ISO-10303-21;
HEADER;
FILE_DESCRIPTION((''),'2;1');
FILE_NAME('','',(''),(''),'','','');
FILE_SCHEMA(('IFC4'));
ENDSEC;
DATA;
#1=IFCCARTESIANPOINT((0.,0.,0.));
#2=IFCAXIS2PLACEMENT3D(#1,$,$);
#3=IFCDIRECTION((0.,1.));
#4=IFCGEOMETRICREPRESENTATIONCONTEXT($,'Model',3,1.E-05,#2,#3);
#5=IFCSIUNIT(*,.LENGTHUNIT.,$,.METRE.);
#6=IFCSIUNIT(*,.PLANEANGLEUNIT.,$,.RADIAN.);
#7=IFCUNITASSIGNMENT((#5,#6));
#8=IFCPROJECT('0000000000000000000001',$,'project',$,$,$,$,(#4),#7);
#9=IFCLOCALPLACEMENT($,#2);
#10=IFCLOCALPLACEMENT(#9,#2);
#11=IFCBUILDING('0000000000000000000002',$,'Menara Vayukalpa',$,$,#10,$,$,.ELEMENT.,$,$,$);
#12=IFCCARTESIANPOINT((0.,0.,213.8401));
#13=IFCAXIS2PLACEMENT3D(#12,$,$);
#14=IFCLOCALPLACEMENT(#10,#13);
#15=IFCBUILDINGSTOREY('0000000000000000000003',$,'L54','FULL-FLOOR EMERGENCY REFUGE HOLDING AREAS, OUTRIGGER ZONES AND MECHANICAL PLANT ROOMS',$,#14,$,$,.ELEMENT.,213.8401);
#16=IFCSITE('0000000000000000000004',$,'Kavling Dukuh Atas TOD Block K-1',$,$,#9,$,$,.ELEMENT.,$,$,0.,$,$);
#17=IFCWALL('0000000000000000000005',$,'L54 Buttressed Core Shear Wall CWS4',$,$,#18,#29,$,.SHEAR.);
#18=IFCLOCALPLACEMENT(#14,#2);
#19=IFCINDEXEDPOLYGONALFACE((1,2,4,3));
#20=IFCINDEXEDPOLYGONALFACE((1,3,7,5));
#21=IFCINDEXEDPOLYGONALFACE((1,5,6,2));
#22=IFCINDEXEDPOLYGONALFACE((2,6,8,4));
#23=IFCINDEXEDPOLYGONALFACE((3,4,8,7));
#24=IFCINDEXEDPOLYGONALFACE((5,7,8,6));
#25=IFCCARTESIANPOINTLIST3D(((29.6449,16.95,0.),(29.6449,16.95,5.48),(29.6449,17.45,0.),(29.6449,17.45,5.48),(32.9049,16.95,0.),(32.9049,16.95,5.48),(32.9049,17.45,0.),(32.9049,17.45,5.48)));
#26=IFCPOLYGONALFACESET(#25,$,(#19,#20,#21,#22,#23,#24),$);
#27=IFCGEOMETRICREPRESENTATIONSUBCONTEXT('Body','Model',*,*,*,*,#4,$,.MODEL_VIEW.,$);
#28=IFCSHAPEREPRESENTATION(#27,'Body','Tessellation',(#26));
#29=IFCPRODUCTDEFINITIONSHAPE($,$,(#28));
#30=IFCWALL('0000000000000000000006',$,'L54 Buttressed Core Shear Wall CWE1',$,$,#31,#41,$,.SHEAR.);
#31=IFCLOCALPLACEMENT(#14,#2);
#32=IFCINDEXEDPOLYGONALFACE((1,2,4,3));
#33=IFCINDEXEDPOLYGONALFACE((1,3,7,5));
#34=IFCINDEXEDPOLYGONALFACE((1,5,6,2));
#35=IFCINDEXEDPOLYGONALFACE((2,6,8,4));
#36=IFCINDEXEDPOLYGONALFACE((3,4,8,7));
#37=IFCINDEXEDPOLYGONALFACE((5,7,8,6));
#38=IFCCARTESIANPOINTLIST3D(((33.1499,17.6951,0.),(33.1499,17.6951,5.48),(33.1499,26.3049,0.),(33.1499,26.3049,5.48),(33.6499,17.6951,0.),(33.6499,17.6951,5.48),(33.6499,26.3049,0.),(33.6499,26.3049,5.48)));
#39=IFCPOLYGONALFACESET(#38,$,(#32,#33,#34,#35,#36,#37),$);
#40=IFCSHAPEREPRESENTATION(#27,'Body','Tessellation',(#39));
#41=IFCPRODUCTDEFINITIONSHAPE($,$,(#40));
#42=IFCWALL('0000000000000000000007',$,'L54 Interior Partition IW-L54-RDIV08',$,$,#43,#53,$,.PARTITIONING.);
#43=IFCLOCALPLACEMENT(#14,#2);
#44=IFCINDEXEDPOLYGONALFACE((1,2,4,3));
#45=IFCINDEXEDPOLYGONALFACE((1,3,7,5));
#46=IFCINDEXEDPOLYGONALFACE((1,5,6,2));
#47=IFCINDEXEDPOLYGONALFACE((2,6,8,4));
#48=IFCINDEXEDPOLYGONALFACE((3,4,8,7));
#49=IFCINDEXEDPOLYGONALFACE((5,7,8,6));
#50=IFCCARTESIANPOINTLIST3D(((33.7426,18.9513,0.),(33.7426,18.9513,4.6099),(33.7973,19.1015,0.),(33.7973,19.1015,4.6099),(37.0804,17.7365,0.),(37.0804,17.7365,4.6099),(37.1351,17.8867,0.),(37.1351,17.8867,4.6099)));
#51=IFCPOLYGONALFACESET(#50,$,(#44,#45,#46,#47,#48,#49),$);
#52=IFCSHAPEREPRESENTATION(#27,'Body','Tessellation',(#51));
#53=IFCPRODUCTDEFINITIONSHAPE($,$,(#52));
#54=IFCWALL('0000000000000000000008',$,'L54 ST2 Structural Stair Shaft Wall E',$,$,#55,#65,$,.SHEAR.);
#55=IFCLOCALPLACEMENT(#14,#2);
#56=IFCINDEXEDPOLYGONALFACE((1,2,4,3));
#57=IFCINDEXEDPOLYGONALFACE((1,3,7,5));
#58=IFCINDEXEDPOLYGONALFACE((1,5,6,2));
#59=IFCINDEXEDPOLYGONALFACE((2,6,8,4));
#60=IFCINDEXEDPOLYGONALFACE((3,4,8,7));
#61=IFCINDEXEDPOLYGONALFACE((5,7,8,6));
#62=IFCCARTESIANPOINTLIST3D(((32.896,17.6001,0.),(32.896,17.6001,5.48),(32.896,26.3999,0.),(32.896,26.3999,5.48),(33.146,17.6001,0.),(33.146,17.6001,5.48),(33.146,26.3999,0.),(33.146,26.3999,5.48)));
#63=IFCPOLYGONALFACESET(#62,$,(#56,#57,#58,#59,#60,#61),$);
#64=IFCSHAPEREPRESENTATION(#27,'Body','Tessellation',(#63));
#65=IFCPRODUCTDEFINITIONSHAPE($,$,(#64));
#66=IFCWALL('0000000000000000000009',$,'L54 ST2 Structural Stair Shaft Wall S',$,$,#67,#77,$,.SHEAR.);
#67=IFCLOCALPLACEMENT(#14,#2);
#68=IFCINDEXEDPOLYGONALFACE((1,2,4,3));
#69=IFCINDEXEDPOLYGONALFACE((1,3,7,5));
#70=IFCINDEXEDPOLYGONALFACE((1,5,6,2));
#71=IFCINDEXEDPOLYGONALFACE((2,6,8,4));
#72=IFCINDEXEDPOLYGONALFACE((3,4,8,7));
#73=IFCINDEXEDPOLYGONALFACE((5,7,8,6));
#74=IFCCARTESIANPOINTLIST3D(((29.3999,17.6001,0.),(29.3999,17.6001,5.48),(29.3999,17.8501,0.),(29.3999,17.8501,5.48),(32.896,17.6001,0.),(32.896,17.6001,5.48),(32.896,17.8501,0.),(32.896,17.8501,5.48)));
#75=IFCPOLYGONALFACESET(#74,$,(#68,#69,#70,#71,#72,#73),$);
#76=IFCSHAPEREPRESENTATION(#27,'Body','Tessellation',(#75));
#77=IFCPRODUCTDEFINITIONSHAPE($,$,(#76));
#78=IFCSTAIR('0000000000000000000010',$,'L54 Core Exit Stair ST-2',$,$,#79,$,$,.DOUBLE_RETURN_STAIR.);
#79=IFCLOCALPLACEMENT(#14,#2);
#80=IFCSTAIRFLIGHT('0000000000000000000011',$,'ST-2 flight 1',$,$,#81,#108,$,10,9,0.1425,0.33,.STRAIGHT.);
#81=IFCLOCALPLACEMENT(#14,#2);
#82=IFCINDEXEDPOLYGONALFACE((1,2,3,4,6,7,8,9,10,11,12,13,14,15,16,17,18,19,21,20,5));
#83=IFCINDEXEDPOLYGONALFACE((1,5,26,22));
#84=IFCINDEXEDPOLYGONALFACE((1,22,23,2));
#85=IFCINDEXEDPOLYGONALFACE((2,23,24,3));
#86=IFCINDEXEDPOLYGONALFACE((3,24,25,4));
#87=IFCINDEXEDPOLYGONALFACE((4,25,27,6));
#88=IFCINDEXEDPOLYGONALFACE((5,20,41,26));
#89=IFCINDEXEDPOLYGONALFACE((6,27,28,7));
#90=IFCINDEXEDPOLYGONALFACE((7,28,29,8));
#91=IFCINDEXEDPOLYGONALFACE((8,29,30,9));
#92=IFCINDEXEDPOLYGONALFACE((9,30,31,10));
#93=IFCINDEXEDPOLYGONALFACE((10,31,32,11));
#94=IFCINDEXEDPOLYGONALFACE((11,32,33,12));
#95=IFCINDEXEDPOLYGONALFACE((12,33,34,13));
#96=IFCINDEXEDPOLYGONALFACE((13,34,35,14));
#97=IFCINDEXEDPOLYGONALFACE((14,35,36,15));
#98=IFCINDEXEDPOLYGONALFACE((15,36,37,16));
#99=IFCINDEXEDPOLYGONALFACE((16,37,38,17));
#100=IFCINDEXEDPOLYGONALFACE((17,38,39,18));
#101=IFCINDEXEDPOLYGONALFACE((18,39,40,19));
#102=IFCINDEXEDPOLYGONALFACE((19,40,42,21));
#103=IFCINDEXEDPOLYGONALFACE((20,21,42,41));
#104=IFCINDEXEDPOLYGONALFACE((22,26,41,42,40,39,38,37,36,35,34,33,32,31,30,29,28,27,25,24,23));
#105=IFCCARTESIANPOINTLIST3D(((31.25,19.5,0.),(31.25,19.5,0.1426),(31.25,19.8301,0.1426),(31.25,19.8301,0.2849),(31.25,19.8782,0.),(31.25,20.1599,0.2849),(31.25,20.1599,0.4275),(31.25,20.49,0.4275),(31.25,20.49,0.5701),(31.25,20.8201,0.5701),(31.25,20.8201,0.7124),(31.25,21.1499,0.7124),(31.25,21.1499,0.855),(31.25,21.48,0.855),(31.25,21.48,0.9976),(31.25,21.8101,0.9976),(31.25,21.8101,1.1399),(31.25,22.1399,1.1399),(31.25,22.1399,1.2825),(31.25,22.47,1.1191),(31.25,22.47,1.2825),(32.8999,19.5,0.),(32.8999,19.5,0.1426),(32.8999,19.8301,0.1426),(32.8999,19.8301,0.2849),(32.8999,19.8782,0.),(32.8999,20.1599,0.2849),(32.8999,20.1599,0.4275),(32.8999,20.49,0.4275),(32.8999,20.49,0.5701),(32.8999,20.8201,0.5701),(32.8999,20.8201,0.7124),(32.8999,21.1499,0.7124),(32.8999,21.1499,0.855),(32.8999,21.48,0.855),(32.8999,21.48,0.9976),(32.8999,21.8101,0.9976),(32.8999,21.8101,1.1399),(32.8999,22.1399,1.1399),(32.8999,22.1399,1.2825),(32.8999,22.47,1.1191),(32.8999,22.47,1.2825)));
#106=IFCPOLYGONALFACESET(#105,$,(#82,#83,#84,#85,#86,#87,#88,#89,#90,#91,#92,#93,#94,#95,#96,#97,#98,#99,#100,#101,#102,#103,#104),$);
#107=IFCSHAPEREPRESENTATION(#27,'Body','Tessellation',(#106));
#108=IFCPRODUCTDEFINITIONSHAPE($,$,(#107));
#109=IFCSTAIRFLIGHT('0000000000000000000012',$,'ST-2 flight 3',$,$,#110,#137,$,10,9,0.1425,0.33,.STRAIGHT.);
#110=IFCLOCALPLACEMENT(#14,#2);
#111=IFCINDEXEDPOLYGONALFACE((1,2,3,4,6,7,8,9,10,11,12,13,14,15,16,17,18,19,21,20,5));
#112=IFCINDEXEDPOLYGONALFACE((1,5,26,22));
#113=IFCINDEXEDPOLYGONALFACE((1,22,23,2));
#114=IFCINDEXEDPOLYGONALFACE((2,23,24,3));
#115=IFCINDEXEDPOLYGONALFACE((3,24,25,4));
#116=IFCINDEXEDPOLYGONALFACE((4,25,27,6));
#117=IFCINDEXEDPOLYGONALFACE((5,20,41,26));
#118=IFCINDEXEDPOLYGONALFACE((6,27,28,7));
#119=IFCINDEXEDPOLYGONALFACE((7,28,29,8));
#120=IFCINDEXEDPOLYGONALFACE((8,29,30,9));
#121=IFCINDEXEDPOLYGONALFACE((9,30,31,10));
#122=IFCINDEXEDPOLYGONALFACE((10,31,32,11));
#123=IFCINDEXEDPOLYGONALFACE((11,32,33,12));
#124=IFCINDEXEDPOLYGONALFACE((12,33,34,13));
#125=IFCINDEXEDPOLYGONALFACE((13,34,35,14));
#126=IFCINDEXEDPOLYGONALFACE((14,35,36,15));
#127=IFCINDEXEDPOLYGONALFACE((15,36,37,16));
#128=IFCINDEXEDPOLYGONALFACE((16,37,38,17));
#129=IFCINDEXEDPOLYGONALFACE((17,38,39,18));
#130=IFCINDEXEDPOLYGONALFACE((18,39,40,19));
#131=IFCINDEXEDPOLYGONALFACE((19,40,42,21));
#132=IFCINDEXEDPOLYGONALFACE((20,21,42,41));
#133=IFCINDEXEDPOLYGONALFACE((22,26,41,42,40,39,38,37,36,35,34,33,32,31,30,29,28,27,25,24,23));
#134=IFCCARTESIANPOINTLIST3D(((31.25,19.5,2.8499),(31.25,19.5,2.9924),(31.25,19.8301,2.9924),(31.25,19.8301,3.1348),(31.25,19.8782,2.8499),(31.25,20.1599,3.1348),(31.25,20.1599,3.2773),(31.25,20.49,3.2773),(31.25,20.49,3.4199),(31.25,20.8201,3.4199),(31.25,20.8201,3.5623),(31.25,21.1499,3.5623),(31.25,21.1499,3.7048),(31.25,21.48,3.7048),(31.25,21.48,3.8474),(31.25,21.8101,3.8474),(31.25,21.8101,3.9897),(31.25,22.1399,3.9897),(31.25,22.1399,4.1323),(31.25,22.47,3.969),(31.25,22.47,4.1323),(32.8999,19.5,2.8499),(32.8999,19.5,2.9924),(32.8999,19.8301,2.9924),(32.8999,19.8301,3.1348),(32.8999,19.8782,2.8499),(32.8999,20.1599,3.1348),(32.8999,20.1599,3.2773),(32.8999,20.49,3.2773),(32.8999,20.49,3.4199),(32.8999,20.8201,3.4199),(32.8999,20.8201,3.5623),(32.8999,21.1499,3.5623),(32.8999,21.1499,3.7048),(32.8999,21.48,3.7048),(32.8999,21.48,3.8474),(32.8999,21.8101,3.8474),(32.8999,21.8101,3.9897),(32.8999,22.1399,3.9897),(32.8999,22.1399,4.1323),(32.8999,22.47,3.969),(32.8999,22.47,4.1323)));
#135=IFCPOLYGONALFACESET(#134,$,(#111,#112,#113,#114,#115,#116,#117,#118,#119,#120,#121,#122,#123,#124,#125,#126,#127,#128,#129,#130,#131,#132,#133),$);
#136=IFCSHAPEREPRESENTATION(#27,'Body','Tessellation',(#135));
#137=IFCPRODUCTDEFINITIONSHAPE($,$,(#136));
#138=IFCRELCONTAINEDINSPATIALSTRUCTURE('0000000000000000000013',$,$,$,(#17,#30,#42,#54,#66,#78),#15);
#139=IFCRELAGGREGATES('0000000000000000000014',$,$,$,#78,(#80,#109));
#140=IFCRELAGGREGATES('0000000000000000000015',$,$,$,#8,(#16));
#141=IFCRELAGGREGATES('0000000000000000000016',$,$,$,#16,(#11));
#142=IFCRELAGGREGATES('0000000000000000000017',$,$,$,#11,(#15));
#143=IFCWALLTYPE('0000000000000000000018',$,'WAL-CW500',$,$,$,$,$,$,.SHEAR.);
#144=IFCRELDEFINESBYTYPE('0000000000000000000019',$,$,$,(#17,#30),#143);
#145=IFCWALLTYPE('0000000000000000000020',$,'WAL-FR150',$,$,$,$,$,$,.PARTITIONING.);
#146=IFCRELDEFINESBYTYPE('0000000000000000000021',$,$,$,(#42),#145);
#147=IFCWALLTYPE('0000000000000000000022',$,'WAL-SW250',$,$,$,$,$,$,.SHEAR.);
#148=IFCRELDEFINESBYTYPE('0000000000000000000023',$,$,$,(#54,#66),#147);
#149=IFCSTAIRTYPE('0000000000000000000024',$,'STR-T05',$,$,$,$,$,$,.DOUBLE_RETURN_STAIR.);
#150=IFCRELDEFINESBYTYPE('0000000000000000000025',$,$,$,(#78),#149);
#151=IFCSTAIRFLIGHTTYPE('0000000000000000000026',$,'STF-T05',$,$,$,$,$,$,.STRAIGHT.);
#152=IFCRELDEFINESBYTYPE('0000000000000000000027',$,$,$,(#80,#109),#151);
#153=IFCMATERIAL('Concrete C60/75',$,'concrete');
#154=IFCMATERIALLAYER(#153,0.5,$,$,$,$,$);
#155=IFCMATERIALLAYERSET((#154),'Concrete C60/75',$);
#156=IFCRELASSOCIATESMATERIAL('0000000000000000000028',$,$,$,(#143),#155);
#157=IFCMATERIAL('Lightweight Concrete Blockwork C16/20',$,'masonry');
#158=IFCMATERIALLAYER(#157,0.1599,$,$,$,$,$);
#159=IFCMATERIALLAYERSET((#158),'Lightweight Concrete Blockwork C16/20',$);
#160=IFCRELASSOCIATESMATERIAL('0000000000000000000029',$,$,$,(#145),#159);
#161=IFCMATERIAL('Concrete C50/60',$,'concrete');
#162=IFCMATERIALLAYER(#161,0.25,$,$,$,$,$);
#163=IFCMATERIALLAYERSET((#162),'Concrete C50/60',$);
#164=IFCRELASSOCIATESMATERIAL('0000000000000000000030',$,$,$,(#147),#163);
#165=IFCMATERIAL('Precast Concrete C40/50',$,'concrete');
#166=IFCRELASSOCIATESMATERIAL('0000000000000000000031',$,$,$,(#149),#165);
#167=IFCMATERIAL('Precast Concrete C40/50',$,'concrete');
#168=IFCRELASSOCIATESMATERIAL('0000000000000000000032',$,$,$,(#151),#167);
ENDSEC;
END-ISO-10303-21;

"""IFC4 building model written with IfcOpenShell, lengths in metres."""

from ifc_helpers import new_model, si_unit, direction, frame, frame_2d, origin, place, context, subcontext, project, spatial, polyline, rectangle, outline, extrude, material, layer, layer_set, type_object, element, aggregate, save


model = new_model("IFC4")

# Units and contexts
model_context = context("Model", 3, precision=1e-05, world=origin(), true_north=direction((0.0, 1.0)))
body_context = subcontext(model_context, "Body", "Model", "MODEL_VIEW")
ifc_project = project(units=[si_unit("LENGTHUNIT", "METRE"), si_unit("PLANEANGLEUNIT", "RADIAN")], contexts=[model_context])

# Site, building, storey
site_placement = place(None, origin())
site = spatial("IfcSite", under=ifc_project, at=site_placement, Name="Kavling Dukuh Atas TOD Block K-1", CompositionType="ELEMENT", RefElevation=0.0)
building_placement = place(site_placement, origin())
building = spatial("IfcBuilding", under=site, at=building_placement, Name="Menara Vayukalpa", CompositionType="ELEMENT")
storey_placement = place(building_placement, frame((0.0, 0.0, 213.8401)))
storey = spatial("IfcBuildingStorey", under=building, at=storey_placement, Name="L54", Description="FULL-FLOOR EMERGENCY REFUGE HOLDING AREAS, OUTRIGGER ZONES AND MECHANICAL PLANT ROOMS", CompositionType="ELEMENT", Elevation=213.8401)

# Walls
ifc_material_1 = material(Name="Concrete C60/75", Category="concrete")
ifc_layer_1 = layer(ifc_material_1, 0.5)
ifc_layer_set_1 = layer_set([ifc_layer_1], Name="Concrete C60/75")
wall_type_1 = type_object("IfcWallType", Name="WAL-CW500", PredefinedType="SHEAR", material=ifc_layer_set_1)
wall_1_placement = place(storey_placement, frame((29.645, 17.2, 0.0), z_axis=(0.0, 0.0, 1.0), x_axis=(1.0, 0.0, 0.0)))
element("IfcWall", 1, at=wall_1_placement, inside=storey, type_object=wall_type_1, Name="L54 Buttressed Core Shear Wall CWS4", PredefinedType="SHEAR", context=body_context, shape_type="SweptSolid", body=[
    extrude(rectangle(XDim=3.26, YDim=0.5, at=frame_2d((1.6299, 0.0))), origin(), (0.0, 0.0, 1.0), 5.48),
])
wall_2_placement = place(storey_placement, frame((33.3999, 17.6951, 0.0), z_axis=(0.0, 0.0, 1.0), x_axis=(0.0, 1.0, 0.0)))
element("IfcWall", 2, at=wall_2_placement, inside=storey, type_object=wall_type_1, Name="L54 Buttressed Core Shear Wall CWE1", PredefinedType="SHEAR", context=body_context, shape_type="SweptSolid", body=[
    extrude(rectangle(XDim=8.6099, YDim=0.5, at=frame_2d((4.3049, 0.0))), origin(), (0.0, 0.0, 1.0), 5.48),
])
ifc_material_2 = material(Name="Lightweight Concrete Blockwork C16/20", Category="masonry")
ifc_layer_2 = layer(ifc_material_2, 0.1599)
ifc_layer_set_2 = layer_set([ifc_layer_2], Name="Lightweight Concrete Blockwork C16/20")
wall_type_2 = type_object("IfcWallType", Name="WAL-FR150", PredefinedType="PARTITIONING", material=ifc_layer_set_2)
wall_3_placement = place(storey_placement, frame((33.77, 19.0264, 0.0), z_axis=(0.0, 0.0, 1.0), x_axis=(0.939697, -0.342008, 0.0)))
element("IfcWall", 3, at=wall_3_placement, inside=storey, type_object=wall_type_2, Name="L54 Interior Partition IW-L54-RDIV08", PredefinedType="PARTITIONING", context=body_context, shape_type="SweptSolid", body=[
    extrude(rectangle(XDim=3.552, YDim=0.1599, at=frame_2d((1.7759, 0.0))), origin(), (0.0, 0.0, 1.0), 4.6099),
])
ifc_material_3 = material(Name="Concrete C50/60", Category="concrete")
ifc_layer_3 = layer(ifc_material_3, 0.25)
ifc_layer_set_3 = layer_set([ifc_layer_3], Name="Concrete C50/60")
wall_type_3 = type_object("IfcWallType", Name="WAL-SW250", PredefinedType="SHEAR", material=ifc_layer_set_3)
wall_4_placement = place(storey_placement, frame((33.021, 17.6001, 0.0), z_axis=(0.0, 0.0, 1.0), x_axis=(0.0, 1.0, 0.0)))
element("IfcWall", 4, at=wall_4_placement, inside=storey, type_object=wall_type_3, Name="L54 ST2 Structural Stair Shaft Wall E", PredefinedType="SHEAR", context=body_context, shape_type="SweptSolid", body=[
    extrude(rectangle(XDim=8.7998, YDim=0.25, at=frame_2d((4.3999, 0.0))), origin(), (0.0, 0.0, 1.0), 5.48),
])
wall_5_placement = place(storey_placement, frame((29.3999, 17.7251, 0.0), z_axis=(0.0, 0.0, 1.0), x_axis=(1.0, 0.0, 0.0)))
element("IfcWall", 5, at=wall_5_placement, inside=storey, type_object=wall_type_3, Name="L54 ST2 Structural Stair Shaft Wall S", PredefinedType="SHEAR", context=body_context, shape_type="SweptSolid", body=[
    extrude(rectangle(XDim=3.4961, YDim=0.25, at=frame_2d((1.748, 0.0))), origin(), (0.0, 0.0, 1.0), 5.48),
])

# Stair, stair flights
ifc_material_4 = material(Name="Precast Concrete C40/50", Category="concrete")
stair_type = type_object("IfcStairType", Name="STR-T05", PredefinedType="DOUBLE_RETURN_STAIR", material=ifc_material_4)
stair_placement = place(storey_placement, origin())
stair = element("IfcStair", 6, at=stair_placement, inside=storey, type_object=stair_type, Name="L54 Core Exit Stair ST-2", PredefinedType="DOUBLE_RETURN_STAIR")
ifc_material_5 = material(Name="Precast Concrete C40/50", Category="concrete")
stair_flight_type = type_object("IfcStairFlightType", Name="STF-T05", PredefinedType="STRAIGHT", material=ifc_material_5)
stair_flight_1_placement = place(storey_placement, frame((32.075, 19.5, 0.0), z_axis=(0.0, 0.0, 1.0), x_axis=(0.0, 1.0, 0.0)))
stair_flight_1 = element("IfcStairFlight", 7, at=stair_flight_1_placement, type_object=stair_flight_type, Name="ST-2 flight 1", NumberOfRisers=10, NumberOfTreads=9, PredefinedType="STRAIGHT", RiserHeight=0.1425, TreadLength=0.33, context=body_context, shape_type="SweptSolid", body=[
    extrude(outline(polyline([(0.0, 0.0), (0.0, 0.1426), (0.3301, 0.1426), (0.3301, 0.2849), (0.6599, 0.2849), (0.6599, 0.4275), (0.99, 0.4275), (0.99, 0.5701), (1.3201, 0.5701), (1.3201, 0.7124), (1.6499, 0.7124), (1.6499, 0.855), (1.98, 0.855), (1.98, 0.9976), (2.3101, 0.9976), (2.3101, 1.1399), (2.6399, 1.1399), (2.6399, 1.2825), (2.97, 1.2825), (2.97, 1.425), (2.97, 1.1191), (0.3782, 0.0), (0.0, 0.0)])), frame((0.0, 0.825, 0.0), z_axis=(0.0, -1.0, 0.0), x_axis=(1.0, 0.0, 0.0)), (0.0, 0.0, 1.0), 1.6499),
])
stair_flight_2_placement = place(storey_placement, frame((32.075, 19.5, 2.8499), z_axis=(0.0, 0.0, 1.0), x_axis=(0.0, 1.0, 0.0)))
stair_flight_2 = element("IfcStairFlight", 8, at=stair_flight_2_placement, type_object=stair_flight_type, Name="ST-2 flight 3", NumberOfRisers=10, NumberOfTreads=9, PredefinedType="STRAIGHT", RiserHeight=0.1425, TreadLength=0.33, context=body_context, shape_type="SweptSolid", body=[
    extrude(outline(polyline([(0.0, 0.0), (0.0, 0.1426), (0.3301, 0.1426), (0.3301, 0.2849), (0.6599, 0.2849), (0.6599, 0.4275), (0.99, 0.4275), (0.99, 0.5701), (1.3201, 0.5701), (1.3201, 0.7124), (1.6499, 0.7124), (1.6499, 0.855), (1.98, 0.855), (1.98, 0.9976), (2.3101, 0.9976), (2.3101, 1.1399), (2.6399, 1.1399), (2.6399, 1.2825), (2.97, 1.2825), (2.97, 1.425), (2.97, 1.1191), (0.3782, 0.0), (0.0, 0.0)])), frame((0.0, 0.825, 0.0), z_axis=(0.0, -1.0, 0.0), x_axis=(1.0, 0.0, 0.0)), (0.0, 0.0, 1.0), 1.6499),
])
aggregate(stair, [stair_flight_1, stair_flight_2])

save(model, "model.ifc")
